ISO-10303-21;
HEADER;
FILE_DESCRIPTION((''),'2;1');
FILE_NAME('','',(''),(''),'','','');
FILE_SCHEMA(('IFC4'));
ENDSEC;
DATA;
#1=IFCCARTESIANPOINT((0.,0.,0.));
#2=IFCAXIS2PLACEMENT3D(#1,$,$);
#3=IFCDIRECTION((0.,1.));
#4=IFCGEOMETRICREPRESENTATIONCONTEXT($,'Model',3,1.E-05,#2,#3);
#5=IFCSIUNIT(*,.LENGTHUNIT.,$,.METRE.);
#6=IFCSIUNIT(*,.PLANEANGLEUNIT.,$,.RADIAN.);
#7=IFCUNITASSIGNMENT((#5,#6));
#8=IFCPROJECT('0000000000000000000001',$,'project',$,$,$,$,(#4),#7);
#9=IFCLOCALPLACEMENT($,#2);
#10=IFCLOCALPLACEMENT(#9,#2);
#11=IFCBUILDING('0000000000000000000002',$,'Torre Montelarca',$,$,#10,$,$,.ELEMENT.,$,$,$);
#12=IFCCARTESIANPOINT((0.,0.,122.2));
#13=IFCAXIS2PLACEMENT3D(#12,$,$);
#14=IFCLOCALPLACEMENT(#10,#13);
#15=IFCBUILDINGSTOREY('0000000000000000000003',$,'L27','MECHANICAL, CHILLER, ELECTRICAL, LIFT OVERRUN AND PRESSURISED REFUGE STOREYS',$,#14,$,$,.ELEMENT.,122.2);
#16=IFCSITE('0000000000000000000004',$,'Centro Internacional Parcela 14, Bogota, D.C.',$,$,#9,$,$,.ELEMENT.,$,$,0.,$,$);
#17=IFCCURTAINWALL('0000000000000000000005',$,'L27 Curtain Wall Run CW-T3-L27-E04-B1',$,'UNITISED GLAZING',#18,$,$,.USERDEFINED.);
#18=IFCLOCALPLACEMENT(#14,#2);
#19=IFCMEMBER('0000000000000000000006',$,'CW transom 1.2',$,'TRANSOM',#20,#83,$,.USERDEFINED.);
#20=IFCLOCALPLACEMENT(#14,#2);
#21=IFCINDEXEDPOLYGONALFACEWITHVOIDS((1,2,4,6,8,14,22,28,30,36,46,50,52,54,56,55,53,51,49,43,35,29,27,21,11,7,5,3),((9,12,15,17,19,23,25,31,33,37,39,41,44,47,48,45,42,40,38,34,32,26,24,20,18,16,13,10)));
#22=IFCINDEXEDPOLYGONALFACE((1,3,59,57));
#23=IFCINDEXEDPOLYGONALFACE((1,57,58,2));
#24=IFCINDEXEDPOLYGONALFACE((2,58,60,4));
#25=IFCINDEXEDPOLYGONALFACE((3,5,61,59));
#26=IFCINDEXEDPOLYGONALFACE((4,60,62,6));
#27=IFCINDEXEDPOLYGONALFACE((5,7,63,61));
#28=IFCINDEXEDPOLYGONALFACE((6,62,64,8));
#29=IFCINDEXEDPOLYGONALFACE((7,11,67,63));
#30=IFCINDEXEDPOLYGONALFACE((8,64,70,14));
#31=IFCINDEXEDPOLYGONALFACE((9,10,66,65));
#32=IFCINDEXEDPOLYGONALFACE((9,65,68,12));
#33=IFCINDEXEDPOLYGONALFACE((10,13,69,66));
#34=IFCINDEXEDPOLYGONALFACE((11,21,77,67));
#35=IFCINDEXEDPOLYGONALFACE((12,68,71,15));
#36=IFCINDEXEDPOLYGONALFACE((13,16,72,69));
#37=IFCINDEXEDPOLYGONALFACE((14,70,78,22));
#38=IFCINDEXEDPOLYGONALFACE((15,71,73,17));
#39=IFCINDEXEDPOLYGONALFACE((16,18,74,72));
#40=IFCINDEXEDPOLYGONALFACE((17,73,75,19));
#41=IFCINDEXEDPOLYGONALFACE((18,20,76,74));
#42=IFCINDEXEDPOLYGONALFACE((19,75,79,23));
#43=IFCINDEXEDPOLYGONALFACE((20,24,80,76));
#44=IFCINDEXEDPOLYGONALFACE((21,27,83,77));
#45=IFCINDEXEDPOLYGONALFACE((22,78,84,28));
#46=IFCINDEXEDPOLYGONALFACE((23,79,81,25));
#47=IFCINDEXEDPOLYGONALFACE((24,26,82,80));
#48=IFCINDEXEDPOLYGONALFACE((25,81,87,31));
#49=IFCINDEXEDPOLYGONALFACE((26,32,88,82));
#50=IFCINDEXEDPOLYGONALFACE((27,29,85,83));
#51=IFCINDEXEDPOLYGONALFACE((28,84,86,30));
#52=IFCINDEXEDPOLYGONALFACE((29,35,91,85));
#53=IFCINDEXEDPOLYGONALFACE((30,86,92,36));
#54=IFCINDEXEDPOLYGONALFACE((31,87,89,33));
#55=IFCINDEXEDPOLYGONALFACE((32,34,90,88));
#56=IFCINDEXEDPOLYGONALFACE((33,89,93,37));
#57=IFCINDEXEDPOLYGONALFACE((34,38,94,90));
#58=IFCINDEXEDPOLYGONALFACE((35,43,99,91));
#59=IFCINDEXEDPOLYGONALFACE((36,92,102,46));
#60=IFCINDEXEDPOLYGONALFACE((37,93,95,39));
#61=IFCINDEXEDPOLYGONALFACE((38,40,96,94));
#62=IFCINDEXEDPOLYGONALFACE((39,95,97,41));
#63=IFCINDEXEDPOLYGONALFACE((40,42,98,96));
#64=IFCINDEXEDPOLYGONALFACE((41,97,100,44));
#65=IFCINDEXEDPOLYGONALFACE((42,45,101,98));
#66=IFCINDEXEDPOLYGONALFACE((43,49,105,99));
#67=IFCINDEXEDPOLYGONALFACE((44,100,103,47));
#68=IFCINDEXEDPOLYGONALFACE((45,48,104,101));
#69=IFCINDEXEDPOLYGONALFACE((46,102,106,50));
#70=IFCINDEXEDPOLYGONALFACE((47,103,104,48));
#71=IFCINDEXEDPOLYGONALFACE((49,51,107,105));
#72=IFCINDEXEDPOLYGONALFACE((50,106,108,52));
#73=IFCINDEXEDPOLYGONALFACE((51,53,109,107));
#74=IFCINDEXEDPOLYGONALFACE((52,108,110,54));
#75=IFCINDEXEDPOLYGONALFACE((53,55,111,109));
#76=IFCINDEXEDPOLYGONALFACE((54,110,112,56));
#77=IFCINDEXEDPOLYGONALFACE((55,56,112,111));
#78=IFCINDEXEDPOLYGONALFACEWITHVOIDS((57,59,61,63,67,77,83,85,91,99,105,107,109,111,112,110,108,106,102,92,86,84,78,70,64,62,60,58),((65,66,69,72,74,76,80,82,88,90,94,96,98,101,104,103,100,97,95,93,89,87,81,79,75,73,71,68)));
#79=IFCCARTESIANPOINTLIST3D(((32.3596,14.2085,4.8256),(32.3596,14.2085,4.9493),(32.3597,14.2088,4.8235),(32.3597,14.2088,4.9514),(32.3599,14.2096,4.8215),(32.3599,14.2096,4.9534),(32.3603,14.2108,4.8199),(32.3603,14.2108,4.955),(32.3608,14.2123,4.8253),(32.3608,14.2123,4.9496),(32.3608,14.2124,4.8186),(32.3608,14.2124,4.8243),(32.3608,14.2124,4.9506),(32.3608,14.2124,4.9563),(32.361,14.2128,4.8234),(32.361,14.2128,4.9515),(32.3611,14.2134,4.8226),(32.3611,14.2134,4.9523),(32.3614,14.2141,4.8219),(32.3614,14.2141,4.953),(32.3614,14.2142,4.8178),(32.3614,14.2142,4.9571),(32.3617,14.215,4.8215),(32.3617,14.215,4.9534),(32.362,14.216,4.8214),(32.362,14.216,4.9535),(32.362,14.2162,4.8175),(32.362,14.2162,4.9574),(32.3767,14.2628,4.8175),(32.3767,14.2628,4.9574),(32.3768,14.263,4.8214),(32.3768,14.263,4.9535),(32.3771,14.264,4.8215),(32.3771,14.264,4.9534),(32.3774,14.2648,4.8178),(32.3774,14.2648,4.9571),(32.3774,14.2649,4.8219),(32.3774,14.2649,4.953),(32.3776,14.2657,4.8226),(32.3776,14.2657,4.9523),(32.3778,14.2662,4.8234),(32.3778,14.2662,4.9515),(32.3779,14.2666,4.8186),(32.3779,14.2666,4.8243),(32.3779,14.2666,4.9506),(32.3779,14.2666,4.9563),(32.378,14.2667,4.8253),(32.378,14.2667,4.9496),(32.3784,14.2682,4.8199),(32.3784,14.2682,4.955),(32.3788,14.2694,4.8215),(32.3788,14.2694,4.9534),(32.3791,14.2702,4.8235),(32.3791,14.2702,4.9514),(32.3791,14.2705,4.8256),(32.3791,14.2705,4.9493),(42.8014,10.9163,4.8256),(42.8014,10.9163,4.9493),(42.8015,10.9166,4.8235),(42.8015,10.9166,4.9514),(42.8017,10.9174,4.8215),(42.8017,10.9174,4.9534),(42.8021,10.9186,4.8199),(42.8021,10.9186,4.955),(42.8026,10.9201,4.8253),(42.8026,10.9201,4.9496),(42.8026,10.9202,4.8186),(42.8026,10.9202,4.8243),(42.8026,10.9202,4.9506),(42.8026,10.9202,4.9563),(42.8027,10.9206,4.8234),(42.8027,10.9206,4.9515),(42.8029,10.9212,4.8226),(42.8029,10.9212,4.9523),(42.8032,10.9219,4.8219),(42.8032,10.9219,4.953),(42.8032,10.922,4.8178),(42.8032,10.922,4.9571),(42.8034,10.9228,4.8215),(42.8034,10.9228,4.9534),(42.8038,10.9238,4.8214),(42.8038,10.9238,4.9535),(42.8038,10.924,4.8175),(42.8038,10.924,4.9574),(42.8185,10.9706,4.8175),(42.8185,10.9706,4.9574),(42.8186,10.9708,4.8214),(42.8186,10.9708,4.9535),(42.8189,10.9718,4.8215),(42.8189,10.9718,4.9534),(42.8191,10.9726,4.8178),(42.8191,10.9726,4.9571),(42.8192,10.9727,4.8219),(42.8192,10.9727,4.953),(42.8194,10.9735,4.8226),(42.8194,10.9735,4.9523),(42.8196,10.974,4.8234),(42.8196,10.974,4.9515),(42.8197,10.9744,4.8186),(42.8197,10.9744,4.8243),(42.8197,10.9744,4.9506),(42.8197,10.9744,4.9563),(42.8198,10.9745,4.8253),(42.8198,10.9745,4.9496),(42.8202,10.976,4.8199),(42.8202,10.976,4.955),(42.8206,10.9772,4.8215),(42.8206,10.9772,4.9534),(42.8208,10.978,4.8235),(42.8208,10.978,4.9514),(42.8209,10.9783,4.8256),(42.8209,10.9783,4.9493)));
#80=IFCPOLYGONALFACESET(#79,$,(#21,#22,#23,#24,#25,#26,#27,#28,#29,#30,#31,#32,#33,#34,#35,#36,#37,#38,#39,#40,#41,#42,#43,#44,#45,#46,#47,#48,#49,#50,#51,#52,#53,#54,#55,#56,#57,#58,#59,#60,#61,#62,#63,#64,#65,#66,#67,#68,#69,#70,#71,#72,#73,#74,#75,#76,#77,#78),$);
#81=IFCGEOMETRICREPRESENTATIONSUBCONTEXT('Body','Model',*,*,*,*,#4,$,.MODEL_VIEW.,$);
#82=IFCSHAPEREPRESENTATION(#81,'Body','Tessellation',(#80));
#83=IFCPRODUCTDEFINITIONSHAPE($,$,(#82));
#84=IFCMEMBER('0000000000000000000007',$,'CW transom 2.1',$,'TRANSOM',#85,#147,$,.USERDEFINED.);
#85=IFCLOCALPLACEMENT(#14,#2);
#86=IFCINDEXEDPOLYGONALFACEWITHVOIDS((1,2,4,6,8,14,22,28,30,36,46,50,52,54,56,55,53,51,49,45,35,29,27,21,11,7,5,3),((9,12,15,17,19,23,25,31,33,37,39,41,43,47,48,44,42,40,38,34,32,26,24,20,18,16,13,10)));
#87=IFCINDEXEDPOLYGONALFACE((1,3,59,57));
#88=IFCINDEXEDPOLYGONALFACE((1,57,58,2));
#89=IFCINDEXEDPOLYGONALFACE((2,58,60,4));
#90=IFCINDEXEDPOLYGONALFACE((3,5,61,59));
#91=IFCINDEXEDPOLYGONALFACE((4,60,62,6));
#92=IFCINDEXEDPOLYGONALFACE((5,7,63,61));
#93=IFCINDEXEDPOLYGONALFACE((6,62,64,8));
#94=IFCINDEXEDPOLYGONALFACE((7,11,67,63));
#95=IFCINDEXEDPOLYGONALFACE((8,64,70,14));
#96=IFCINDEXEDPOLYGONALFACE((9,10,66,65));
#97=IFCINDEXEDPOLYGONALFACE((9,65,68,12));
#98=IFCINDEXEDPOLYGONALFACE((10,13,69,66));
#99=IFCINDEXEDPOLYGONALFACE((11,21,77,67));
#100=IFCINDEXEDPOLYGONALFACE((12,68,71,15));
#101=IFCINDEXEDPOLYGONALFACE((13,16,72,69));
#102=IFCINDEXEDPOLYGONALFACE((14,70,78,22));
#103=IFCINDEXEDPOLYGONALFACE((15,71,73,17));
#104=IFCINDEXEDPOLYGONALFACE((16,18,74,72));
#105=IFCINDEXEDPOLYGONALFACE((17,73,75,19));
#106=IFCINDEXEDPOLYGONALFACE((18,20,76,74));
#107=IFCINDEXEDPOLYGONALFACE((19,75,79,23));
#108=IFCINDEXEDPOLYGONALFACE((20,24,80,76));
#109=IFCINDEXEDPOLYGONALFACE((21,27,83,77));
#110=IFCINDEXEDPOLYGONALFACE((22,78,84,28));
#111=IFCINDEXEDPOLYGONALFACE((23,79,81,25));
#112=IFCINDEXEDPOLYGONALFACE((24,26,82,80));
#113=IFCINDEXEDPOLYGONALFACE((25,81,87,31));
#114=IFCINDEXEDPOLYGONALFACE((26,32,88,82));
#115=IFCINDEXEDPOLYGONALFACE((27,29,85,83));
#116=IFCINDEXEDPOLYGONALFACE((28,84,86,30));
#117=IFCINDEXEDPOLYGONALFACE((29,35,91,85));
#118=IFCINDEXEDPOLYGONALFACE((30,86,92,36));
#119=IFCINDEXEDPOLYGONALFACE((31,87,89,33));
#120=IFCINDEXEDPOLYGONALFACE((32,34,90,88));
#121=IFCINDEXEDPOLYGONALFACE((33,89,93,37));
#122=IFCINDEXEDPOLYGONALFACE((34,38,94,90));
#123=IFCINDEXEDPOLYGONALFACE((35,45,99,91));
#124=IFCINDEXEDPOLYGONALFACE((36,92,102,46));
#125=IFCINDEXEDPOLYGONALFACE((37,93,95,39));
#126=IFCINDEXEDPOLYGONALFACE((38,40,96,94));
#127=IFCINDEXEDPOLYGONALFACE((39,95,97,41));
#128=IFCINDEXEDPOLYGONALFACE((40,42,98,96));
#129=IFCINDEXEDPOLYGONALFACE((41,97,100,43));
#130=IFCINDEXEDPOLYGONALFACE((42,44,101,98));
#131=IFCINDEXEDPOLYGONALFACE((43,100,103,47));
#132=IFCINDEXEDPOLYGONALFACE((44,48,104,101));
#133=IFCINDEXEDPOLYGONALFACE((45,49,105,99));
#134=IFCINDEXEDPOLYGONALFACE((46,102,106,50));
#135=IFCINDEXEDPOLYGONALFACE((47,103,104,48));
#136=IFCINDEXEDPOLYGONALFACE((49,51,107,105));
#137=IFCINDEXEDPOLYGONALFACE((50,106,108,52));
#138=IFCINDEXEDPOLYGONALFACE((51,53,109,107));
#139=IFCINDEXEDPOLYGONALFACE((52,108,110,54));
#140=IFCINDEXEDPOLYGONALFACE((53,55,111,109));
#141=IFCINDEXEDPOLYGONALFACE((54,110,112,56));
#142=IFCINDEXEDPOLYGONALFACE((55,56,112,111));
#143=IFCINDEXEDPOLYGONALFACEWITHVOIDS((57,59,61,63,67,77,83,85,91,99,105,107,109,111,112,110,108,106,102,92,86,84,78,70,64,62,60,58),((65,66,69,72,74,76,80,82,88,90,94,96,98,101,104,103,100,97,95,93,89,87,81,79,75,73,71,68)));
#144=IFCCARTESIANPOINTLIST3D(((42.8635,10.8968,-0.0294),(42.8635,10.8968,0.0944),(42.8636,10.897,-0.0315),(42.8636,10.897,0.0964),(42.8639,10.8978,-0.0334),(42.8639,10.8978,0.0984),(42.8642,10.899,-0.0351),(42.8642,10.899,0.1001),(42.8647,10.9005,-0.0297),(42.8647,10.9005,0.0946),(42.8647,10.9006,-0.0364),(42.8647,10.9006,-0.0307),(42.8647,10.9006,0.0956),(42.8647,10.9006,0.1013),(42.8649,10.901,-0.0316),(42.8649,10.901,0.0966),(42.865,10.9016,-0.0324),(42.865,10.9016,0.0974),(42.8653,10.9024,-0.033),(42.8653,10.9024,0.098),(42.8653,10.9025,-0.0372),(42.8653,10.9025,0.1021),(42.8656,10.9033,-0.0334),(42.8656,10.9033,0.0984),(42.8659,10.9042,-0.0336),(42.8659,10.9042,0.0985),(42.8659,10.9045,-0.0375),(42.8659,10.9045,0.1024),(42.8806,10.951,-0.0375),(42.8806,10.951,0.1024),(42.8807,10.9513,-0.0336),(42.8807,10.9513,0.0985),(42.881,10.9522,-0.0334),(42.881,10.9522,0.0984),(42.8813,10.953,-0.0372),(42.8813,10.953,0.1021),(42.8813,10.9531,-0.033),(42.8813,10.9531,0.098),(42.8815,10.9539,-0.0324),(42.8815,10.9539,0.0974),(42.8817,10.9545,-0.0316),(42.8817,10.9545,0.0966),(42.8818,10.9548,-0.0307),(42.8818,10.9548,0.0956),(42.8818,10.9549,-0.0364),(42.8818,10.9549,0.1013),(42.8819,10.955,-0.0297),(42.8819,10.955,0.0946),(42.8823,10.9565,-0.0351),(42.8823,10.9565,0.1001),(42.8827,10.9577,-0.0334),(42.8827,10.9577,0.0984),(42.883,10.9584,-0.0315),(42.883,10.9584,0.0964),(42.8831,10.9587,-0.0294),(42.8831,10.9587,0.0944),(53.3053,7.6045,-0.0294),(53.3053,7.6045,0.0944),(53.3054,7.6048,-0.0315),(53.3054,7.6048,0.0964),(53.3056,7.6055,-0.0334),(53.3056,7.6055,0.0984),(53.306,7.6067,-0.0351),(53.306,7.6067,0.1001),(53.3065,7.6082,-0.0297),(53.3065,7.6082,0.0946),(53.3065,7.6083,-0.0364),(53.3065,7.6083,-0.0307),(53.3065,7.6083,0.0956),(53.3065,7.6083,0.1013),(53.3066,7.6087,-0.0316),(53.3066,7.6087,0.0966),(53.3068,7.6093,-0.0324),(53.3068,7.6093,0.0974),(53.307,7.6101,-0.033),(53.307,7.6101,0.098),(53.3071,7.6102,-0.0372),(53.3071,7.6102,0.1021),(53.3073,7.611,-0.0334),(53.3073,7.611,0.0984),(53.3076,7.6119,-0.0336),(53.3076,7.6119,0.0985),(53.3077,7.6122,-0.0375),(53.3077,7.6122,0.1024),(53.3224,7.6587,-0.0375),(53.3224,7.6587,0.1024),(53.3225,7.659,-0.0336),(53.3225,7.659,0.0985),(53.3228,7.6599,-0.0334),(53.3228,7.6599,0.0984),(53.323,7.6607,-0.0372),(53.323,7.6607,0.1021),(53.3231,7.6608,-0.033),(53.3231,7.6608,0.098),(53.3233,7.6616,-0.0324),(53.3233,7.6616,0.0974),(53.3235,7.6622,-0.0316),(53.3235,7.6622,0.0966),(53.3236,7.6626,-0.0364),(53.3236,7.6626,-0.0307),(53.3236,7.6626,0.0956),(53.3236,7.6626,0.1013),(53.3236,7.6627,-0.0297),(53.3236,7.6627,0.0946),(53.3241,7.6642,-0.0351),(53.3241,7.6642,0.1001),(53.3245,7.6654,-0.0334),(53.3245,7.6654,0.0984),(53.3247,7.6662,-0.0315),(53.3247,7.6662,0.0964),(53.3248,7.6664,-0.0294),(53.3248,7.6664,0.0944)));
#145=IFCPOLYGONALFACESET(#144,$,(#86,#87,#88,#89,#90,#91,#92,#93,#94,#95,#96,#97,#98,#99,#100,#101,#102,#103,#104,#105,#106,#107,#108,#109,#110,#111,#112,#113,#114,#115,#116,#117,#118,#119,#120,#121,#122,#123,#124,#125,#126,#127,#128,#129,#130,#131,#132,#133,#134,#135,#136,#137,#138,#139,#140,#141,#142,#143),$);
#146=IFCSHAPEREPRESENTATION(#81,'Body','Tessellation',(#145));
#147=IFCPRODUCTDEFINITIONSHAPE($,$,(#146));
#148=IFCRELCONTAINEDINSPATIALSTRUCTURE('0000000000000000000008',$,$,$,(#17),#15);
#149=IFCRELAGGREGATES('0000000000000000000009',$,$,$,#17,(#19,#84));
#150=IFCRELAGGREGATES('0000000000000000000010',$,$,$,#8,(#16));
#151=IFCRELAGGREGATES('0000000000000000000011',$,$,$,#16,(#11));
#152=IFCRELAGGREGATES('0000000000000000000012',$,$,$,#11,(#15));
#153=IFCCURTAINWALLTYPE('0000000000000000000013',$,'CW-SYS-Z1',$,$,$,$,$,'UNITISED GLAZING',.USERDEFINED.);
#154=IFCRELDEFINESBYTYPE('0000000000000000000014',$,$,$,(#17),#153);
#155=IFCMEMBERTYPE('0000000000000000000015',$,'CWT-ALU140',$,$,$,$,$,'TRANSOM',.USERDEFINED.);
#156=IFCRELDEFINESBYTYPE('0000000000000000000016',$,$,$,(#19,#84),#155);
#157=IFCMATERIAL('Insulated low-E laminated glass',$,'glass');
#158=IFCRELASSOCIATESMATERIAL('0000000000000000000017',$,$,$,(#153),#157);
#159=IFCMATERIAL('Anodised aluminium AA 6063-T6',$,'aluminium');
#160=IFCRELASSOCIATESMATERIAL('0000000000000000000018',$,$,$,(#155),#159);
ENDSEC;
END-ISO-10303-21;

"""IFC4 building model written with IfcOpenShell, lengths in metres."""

from ifc_helpers import new_model, si_unit, direction, frame, origin, origin_2d, place, context, subcontext, project, spatial, hollow_rectangle, extrude, source, transform, mapped, material, material_profile, profile_set, type_object, element, aggregate, save


model = new_model("IFC4")

# Units and contexts
model_context = context("Model", 3, precision=1e-05, world=origin(), true_north=direction((0.0, 1.0)))
body_context = subcontext(model_context, "Body", "Model", "MODEL_VIEW")
ifc_project = project(units=[si_unit("LENGTHUNIT", "METRE"), si_unit("PLANEANGLEUNIT", "RADIAN")], contexts=[model_context])

# Site, building, storey
site_placement = place(None, origin())
site = spatial("IfcSite", under=ifc_project, at=site_placement, Name="Centro Internacional Parcela 14, Bogota, D.C.", CompositionType="ELEMENT", RefElevation=0.0)
building_placement = place(site_placement, origin())
building = spatial("IfcBuilding", under=site, at=building_placement, Name="Torre Montelarca", CompositionType="ELEMENT")
storey_placement = place(building_placement, frame((0.0, 0.0, 122.2)))
storey = spatial("IfcBuildingStorey", under=building, at=storey_placement, Name="L27", Description="MECHANICAL, CHILLER, ELECTRICAL, LIFT OVERRUN AND PRESSURISED REFUGE STOREYS", CompositionType="ELEMENT", Elevation=122.2)

# Curtain wall, members
ifc_material_1 = material(Name="Insulated low-E laminated glass", Category="glass")
curtain_wall_type = type_object("IfcCurtainWallType", Name="CW-SYS-Z1", ElementType="UNITISED GLAZING", PredefinedType="USERDEFINED", material=ifc_material_1)
curtain_wall_1_placement = place(storey_placement, origin())
curtain_wall_1 = element("IfcCurtainWall", 1, at=curtain_wall_1_placement, inside=storey, type_object=curtain_wall_type, Name="L27 Curtain Wall Run CW-T3-L27-E04-B1", ObjectType="UNITISED GLAZING", PredefinedType="USERDEFINED")
ifc_material_2 = material(Name="Anodised aluminium AA 6063-T6", Category="aluminium")
ifc_material_profile_1 = material_profile(ifc_material_2, hollow_rectangle(XDim=0.0649, YDim=0.1399, WallThickness=0.0039, InnerFilletRadius=0.0039, OuterFilletRadius=0.0081, at=origin_2d()), Name="ALU65X140X4", Category="aluminium")
ifc_profile_set_1 = profile_set([ifc_material_profile_1], Name="Anodised aluminium AA 6063-T6")
member_type_1 = type_object("IfcMemberType", Name="CWT-ALU140", ElementType="TRANSOM", PredefinedType="USERDEFINED", material=ifc_profile_set_1)
shared_shape_1 = source(origin(), body_context, "Body", "SweptSolid", [
    extrude(hollow_rectangle(XDim=0.0649, YDim=0.1399, WallThickness=0.0039, InnerFilletRadius=0.0039, OuterFilletRadius=0.0081, at=origin_2d()), origin(), (0.0, 0.0, 1.0), 10.9485),
])
member_1_placement = place(storey_placement, frame((32.3694, 14.2395, 4.8875), z_axis=(0.953719, -0.300699, 0.0), x_axis=(0.300699, 0.953719, 0.0)))
member_1 = element("IfcMember", 2, at=member_1_placement, type_object=member_type_1, Name="CW transom 1.2", ObjectType="TRANSOM", PredefinedType="USERDEFINED", context=body_context, shape_type="MappedRepresentation", body=[
    mapped(shared_shape_1, transform((0.0, 0.0, 0.0), scale=1.0)),
])
member_2_placement = place(storey_placement, frame((42.8733, 10.9277, 0.0325), z_axis=(0.953717, -0.300706, 0.0), x_axis=(0.300706, 0.953717, 0.0)))
member_2 = element("IfcMember", 3, at=member_2_placement, type_object=member_type_1, Name="CW transom 2.1", ObjectType="TRANSOM", PredefinedType="USERDEFINED", context=body_context, shape_type="MappedRepresentation", body=[
    mapped(shared_shape_1, transform((0.0, 0.0, 0.0), scale=1.0)),
])

aggregate(curtain_wall_1, [member_1, member_2])

save(model, "model.ifc")
